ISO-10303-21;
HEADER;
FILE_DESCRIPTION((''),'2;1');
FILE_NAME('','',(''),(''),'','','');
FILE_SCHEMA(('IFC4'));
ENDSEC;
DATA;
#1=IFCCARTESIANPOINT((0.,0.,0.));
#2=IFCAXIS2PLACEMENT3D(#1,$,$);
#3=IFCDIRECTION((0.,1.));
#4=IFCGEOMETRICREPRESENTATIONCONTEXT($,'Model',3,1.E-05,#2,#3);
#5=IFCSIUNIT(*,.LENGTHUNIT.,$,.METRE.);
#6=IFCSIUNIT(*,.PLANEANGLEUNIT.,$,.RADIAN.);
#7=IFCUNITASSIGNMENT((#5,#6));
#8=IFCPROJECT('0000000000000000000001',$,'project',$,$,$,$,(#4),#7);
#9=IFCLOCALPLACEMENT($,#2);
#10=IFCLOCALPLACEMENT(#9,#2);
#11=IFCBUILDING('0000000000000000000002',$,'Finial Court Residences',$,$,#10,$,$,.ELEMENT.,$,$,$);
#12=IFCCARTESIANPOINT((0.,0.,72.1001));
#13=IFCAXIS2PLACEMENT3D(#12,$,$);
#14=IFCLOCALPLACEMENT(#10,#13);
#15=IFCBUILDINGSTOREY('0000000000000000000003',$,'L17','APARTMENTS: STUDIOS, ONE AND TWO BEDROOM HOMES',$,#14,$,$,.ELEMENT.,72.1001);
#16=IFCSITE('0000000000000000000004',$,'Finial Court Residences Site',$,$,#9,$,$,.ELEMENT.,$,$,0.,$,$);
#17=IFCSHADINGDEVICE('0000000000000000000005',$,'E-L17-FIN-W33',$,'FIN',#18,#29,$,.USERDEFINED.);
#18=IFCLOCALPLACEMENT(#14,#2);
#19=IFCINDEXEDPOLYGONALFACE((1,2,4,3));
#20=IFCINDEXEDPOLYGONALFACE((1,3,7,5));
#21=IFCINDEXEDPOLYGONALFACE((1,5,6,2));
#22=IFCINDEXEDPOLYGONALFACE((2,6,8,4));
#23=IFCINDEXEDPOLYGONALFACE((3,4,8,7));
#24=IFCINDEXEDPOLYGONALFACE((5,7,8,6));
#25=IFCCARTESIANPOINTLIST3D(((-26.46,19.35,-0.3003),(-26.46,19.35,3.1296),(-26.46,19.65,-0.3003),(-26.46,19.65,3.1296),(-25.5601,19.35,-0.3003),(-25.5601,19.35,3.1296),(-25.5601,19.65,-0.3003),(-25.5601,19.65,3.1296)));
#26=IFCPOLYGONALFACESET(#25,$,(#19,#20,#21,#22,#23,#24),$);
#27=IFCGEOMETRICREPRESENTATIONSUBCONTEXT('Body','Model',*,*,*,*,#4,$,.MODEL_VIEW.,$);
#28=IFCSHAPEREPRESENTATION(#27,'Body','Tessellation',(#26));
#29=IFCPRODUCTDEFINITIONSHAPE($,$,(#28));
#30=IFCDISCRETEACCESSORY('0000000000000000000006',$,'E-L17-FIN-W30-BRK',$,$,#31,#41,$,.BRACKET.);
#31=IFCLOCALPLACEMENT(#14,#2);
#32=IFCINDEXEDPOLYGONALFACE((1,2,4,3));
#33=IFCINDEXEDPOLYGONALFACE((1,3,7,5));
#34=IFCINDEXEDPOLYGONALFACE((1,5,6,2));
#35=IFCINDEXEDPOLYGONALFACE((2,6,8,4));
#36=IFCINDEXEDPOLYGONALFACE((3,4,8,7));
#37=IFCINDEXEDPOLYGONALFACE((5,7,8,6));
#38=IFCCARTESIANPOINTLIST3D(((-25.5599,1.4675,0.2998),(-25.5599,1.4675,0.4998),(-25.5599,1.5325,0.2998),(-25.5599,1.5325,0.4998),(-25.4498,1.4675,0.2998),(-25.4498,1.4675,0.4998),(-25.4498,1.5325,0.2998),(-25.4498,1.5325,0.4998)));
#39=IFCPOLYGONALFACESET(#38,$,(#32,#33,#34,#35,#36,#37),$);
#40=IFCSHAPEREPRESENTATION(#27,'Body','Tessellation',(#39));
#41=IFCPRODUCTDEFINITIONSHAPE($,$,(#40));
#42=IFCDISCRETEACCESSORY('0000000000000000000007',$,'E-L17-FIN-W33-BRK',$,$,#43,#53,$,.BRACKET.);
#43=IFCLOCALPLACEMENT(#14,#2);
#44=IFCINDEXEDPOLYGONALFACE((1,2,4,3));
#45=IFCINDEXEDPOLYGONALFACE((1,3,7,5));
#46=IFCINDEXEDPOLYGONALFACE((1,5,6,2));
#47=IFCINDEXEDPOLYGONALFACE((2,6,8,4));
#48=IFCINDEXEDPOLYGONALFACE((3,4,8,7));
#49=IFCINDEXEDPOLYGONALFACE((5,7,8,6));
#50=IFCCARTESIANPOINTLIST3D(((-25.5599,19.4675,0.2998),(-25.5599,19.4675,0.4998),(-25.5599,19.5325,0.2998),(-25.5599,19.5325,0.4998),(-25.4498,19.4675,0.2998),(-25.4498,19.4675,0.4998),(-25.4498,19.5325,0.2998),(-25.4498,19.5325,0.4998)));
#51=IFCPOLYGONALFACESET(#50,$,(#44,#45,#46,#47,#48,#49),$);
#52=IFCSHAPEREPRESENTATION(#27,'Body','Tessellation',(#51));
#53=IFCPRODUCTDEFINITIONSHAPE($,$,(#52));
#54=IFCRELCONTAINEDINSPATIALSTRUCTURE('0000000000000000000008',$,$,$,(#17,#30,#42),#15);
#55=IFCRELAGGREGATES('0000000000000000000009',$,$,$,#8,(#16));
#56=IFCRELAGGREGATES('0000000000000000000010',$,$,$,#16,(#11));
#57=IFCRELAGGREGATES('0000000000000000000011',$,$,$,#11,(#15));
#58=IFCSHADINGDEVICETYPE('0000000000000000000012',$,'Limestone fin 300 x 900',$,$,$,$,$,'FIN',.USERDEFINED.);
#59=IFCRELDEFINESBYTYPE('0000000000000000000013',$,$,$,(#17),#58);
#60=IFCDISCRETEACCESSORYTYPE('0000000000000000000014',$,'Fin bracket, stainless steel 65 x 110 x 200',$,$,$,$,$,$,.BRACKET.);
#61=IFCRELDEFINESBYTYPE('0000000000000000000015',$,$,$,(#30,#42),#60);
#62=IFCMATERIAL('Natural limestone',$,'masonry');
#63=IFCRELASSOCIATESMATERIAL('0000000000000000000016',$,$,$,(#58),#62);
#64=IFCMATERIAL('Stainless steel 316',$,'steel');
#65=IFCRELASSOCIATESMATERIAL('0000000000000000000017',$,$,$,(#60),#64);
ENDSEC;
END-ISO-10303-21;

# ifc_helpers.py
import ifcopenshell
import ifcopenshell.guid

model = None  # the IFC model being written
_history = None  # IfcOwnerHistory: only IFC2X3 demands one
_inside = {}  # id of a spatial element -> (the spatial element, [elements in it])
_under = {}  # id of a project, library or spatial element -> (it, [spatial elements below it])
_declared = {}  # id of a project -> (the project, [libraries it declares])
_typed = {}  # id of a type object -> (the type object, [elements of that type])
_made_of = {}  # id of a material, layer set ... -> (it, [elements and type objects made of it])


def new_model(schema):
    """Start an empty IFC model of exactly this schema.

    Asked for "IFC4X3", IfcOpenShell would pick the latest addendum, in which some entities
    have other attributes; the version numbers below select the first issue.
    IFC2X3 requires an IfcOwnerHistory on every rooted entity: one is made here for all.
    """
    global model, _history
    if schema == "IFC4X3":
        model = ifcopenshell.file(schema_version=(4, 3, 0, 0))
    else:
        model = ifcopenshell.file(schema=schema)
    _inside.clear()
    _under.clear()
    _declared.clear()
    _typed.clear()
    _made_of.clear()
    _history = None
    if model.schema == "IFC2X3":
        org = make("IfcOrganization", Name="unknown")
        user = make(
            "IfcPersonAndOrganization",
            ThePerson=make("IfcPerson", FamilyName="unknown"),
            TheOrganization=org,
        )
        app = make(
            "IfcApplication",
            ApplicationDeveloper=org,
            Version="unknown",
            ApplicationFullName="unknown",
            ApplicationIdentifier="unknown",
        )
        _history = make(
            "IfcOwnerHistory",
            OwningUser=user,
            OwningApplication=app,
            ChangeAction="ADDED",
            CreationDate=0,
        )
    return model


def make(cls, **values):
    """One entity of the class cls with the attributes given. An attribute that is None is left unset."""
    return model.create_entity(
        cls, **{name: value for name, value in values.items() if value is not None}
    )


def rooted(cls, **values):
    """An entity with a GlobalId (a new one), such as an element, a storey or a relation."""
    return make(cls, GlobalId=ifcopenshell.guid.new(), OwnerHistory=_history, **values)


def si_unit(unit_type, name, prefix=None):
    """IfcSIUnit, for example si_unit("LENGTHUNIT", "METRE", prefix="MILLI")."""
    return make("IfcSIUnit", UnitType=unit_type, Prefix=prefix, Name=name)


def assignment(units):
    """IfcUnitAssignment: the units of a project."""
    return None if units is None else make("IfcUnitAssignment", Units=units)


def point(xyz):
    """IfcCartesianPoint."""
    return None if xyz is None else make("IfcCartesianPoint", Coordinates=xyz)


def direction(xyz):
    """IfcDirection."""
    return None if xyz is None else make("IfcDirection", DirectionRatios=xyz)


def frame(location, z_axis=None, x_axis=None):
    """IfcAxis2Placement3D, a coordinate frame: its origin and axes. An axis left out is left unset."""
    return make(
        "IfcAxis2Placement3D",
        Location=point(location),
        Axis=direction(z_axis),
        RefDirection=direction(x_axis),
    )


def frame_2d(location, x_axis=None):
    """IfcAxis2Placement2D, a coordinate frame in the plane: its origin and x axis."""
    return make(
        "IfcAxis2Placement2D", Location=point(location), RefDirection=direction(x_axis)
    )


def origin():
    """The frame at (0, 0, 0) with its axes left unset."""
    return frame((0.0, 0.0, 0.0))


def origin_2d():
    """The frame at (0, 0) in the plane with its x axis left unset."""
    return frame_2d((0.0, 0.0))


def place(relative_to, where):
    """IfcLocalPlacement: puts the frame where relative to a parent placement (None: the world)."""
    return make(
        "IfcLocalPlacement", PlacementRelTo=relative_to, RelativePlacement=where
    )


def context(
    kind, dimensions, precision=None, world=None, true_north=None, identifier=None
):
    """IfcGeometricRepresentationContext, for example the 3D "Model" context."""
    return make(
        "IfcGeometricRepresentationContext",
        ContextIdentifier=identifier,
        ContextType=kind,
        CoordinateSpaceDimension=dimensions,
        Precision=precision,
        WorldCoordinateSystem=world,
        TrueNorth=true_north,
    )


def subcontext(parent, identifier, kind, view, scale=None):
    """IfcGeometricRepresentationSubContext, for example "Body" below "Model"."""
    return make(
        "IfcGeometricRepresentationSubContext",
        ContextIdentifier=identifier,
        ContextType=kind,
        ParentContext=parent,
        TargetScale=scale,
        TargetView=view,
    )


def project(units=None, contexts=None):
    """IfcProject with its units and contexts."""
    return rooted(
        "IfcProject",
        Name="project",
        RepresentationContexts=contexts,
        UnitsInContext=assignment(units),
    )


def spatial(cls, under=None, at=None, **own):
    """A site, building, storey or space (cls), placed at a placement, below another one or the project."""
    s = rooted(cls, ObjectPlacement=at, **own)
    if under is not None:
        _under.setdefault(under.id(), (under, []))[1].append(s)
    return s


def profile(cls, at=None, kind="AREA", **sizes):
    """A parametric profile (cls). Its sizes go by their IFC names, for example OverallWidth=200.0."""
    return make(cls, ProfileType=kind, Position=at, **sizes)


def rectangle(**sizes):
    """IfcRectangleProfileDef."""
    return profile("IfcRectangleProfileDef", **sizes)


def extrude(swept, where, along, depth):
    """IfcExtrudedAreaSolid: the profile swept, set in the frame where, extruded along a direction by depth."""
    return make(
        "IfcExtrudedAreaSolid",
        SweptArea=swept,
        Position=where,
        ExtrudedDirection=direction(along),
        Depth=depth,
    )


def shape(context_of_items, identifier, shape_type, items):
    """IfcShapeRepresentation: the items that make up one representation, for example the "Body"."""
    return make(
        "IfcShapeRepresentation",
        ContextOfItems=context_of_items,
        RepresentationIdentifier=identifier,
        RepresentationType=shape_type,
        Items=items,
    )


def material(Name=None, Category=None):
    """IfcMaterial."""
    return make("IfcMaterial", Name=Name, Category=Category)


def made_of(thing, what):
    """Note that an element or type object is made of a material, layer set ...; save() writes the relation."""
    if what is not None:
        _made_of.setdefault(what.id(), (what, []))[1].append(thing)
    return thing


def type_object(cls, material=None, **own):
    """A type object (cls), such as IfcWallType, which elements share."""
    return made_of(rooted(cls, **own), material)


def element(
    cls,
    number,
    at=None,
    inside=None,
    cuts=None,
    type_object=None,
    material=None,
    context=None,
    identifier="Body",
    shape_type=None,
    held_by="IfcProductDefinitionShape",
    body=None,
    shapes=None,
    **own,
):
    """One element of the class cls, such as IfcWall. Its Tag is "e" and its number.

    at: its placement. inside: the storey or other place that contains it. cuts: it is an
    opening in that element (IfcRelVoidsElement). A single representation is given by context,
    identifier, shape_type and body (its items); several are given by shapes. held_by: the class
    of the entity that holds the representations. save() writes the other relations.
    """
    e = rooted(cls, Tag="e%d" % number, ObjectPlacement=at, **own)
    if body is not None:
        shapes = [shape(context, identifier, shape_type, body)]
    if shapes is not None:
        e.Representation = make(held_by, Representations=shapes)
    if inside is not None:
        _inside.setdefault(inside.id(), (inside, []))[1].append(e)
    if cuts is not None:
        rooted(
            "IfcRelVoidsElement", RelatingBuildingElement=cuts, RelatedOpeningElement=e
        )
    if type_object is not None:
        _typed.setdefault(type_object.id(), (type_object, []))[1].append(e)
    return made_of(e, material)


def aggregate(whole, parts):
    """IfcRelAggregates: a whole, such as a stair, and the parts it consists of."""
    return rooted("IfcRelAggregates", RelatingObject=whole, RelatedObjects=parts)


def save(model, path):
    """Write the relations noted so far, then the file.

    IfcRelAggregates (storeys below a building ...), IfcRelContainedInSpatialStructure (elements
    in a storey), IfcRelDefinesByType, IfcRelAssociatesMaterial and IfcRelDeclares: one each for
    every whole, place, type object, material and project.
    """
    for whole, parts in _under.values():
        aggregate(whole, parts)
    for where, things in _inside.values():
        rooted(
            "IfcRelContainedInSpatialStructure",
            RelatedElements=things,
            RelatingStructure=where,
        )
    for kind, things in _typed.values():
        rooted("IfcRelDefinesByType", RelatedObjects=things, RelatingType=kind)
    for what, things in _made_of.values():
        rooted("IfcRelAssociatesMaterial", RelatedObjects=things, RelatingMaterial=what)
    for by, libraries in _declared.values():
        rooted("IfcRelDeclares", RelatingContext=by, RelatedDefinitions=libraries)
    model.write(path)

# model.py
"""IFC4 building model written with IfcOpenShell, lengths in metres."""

from ifc_helpers import new_model, si_unit, direction, frame, origin, origin_2d, place, context, subcontext, project, spatial, rectangle, extrude, material, type_object, element, save


model = new_model("IFC4")

# Units and contexts
model_context = context("Model", 3, precision=1e-05, world=origin(), true_north=direction((0.0, 1.0)))
body_context = subcontext(model_context, "Body", "Model", "MODEL_VIEW")
ifc_project = project(units=[si_unit("LENGTHUNIT", "METRE"), si_unit("PLANEANGLEUNIT", "RADIAN")], contexts=[model_context])

# Site, building, storey
site_placement = place(None, origin())
site = spatial("IfcSite", under=ifc_project, at=site_placement, Name="Finial Court Residences Site", CompositionType="ELEMENT", RefElevation=0.0)
building_placement = place(site_placement, origin())
building = spatial("IfcBuilding", under=site, at=building_placement, Name="Finial Court Residences", CompositionType="ELEMENT")
storey_placement = place(building_placement, frame((0.0, 0.0, 72.1001)))
storey = spatial("IfcBuildingStorey", under=building, at=storey_placement, Name="L17", Description="APARTMENTS: STUDIOS, ONE AND TWO BEDROOM HOMES", CompositionType="ELEMENT", Elevation=72.1001)

# Shading device
ifc_material_1 = material(Name="Natural limestone", Category="masonry")
shading_device_type = type_object("IfcShadingDeviceType", Name="Limestone fin 300 x 900", ElementType="FIN", PredefinedType="USERDEFINED", material=ifc_material_1)
for number, where, z_axis, x_axis, name in (
    (1, (-26.01, 19.5, -0.3003), (0.0, 0.0, 1.0), (1.0, 0.0, 0.0), "E-L17-FIN-W33"),
):
    element("IfcShadingDevice", number, at=place(storey_placement, frame(where, z_axis=z_axis, x_axis=x_axis)), inside=storey, type_object=shading_device_type, Name=name, ObjectType="FIN", PredefinedType="USERDEFINED", context=body_context, shape_type="SweptSolid", body=[
        extrude(rectangle(XDim=0.8999, YDim=0.3, at=origin_2d()), origin(), (0.0, 0.0, 1.0), 3.4299),
    ])

# Discrete accessories
ifc_material_2 = material(Name="Stainless steel 316", Category="steel")
discrete_accessory_type = type_object("IfcDiscreteAccessoryType", Name="Fin bracket, stainless steel 65 x 110 x 200", PredefinedType="BRACKET", material=ifc_material_2)
for number, where, z_axis, x_axis, name in (
    (2, (-25.5049, 1.5, 0.2998), (0.0, 0.0, 1.0), (1.0, 0.0, 0.0), "E-L17-FIN-W30-BRK"),
    (3, (-25.5049, 19.5, 0.2998), (0.0, 0.0, 1.0), (1.0, 0.0, 0.0), "E-L17-FIN-W33-BRK"),
):
    element("IfcDiscreteAccessory", number, at=place(storey_placement, frame(where, z_axis=z_axis, x_axis=x_axis)), inside=storey, type_object=discrete_accessory_type, Name=name, PredefinedType="BRACKET", context=body_context, shape_type="SweptSolid", body=[
        extrude(rectangle(XDim=0.1101, YDim=0.0649, at=origin_2d()), origin(), (0.0, 0.0, 1.0), 0.2),
    ])

save(model, "model.ifc")
